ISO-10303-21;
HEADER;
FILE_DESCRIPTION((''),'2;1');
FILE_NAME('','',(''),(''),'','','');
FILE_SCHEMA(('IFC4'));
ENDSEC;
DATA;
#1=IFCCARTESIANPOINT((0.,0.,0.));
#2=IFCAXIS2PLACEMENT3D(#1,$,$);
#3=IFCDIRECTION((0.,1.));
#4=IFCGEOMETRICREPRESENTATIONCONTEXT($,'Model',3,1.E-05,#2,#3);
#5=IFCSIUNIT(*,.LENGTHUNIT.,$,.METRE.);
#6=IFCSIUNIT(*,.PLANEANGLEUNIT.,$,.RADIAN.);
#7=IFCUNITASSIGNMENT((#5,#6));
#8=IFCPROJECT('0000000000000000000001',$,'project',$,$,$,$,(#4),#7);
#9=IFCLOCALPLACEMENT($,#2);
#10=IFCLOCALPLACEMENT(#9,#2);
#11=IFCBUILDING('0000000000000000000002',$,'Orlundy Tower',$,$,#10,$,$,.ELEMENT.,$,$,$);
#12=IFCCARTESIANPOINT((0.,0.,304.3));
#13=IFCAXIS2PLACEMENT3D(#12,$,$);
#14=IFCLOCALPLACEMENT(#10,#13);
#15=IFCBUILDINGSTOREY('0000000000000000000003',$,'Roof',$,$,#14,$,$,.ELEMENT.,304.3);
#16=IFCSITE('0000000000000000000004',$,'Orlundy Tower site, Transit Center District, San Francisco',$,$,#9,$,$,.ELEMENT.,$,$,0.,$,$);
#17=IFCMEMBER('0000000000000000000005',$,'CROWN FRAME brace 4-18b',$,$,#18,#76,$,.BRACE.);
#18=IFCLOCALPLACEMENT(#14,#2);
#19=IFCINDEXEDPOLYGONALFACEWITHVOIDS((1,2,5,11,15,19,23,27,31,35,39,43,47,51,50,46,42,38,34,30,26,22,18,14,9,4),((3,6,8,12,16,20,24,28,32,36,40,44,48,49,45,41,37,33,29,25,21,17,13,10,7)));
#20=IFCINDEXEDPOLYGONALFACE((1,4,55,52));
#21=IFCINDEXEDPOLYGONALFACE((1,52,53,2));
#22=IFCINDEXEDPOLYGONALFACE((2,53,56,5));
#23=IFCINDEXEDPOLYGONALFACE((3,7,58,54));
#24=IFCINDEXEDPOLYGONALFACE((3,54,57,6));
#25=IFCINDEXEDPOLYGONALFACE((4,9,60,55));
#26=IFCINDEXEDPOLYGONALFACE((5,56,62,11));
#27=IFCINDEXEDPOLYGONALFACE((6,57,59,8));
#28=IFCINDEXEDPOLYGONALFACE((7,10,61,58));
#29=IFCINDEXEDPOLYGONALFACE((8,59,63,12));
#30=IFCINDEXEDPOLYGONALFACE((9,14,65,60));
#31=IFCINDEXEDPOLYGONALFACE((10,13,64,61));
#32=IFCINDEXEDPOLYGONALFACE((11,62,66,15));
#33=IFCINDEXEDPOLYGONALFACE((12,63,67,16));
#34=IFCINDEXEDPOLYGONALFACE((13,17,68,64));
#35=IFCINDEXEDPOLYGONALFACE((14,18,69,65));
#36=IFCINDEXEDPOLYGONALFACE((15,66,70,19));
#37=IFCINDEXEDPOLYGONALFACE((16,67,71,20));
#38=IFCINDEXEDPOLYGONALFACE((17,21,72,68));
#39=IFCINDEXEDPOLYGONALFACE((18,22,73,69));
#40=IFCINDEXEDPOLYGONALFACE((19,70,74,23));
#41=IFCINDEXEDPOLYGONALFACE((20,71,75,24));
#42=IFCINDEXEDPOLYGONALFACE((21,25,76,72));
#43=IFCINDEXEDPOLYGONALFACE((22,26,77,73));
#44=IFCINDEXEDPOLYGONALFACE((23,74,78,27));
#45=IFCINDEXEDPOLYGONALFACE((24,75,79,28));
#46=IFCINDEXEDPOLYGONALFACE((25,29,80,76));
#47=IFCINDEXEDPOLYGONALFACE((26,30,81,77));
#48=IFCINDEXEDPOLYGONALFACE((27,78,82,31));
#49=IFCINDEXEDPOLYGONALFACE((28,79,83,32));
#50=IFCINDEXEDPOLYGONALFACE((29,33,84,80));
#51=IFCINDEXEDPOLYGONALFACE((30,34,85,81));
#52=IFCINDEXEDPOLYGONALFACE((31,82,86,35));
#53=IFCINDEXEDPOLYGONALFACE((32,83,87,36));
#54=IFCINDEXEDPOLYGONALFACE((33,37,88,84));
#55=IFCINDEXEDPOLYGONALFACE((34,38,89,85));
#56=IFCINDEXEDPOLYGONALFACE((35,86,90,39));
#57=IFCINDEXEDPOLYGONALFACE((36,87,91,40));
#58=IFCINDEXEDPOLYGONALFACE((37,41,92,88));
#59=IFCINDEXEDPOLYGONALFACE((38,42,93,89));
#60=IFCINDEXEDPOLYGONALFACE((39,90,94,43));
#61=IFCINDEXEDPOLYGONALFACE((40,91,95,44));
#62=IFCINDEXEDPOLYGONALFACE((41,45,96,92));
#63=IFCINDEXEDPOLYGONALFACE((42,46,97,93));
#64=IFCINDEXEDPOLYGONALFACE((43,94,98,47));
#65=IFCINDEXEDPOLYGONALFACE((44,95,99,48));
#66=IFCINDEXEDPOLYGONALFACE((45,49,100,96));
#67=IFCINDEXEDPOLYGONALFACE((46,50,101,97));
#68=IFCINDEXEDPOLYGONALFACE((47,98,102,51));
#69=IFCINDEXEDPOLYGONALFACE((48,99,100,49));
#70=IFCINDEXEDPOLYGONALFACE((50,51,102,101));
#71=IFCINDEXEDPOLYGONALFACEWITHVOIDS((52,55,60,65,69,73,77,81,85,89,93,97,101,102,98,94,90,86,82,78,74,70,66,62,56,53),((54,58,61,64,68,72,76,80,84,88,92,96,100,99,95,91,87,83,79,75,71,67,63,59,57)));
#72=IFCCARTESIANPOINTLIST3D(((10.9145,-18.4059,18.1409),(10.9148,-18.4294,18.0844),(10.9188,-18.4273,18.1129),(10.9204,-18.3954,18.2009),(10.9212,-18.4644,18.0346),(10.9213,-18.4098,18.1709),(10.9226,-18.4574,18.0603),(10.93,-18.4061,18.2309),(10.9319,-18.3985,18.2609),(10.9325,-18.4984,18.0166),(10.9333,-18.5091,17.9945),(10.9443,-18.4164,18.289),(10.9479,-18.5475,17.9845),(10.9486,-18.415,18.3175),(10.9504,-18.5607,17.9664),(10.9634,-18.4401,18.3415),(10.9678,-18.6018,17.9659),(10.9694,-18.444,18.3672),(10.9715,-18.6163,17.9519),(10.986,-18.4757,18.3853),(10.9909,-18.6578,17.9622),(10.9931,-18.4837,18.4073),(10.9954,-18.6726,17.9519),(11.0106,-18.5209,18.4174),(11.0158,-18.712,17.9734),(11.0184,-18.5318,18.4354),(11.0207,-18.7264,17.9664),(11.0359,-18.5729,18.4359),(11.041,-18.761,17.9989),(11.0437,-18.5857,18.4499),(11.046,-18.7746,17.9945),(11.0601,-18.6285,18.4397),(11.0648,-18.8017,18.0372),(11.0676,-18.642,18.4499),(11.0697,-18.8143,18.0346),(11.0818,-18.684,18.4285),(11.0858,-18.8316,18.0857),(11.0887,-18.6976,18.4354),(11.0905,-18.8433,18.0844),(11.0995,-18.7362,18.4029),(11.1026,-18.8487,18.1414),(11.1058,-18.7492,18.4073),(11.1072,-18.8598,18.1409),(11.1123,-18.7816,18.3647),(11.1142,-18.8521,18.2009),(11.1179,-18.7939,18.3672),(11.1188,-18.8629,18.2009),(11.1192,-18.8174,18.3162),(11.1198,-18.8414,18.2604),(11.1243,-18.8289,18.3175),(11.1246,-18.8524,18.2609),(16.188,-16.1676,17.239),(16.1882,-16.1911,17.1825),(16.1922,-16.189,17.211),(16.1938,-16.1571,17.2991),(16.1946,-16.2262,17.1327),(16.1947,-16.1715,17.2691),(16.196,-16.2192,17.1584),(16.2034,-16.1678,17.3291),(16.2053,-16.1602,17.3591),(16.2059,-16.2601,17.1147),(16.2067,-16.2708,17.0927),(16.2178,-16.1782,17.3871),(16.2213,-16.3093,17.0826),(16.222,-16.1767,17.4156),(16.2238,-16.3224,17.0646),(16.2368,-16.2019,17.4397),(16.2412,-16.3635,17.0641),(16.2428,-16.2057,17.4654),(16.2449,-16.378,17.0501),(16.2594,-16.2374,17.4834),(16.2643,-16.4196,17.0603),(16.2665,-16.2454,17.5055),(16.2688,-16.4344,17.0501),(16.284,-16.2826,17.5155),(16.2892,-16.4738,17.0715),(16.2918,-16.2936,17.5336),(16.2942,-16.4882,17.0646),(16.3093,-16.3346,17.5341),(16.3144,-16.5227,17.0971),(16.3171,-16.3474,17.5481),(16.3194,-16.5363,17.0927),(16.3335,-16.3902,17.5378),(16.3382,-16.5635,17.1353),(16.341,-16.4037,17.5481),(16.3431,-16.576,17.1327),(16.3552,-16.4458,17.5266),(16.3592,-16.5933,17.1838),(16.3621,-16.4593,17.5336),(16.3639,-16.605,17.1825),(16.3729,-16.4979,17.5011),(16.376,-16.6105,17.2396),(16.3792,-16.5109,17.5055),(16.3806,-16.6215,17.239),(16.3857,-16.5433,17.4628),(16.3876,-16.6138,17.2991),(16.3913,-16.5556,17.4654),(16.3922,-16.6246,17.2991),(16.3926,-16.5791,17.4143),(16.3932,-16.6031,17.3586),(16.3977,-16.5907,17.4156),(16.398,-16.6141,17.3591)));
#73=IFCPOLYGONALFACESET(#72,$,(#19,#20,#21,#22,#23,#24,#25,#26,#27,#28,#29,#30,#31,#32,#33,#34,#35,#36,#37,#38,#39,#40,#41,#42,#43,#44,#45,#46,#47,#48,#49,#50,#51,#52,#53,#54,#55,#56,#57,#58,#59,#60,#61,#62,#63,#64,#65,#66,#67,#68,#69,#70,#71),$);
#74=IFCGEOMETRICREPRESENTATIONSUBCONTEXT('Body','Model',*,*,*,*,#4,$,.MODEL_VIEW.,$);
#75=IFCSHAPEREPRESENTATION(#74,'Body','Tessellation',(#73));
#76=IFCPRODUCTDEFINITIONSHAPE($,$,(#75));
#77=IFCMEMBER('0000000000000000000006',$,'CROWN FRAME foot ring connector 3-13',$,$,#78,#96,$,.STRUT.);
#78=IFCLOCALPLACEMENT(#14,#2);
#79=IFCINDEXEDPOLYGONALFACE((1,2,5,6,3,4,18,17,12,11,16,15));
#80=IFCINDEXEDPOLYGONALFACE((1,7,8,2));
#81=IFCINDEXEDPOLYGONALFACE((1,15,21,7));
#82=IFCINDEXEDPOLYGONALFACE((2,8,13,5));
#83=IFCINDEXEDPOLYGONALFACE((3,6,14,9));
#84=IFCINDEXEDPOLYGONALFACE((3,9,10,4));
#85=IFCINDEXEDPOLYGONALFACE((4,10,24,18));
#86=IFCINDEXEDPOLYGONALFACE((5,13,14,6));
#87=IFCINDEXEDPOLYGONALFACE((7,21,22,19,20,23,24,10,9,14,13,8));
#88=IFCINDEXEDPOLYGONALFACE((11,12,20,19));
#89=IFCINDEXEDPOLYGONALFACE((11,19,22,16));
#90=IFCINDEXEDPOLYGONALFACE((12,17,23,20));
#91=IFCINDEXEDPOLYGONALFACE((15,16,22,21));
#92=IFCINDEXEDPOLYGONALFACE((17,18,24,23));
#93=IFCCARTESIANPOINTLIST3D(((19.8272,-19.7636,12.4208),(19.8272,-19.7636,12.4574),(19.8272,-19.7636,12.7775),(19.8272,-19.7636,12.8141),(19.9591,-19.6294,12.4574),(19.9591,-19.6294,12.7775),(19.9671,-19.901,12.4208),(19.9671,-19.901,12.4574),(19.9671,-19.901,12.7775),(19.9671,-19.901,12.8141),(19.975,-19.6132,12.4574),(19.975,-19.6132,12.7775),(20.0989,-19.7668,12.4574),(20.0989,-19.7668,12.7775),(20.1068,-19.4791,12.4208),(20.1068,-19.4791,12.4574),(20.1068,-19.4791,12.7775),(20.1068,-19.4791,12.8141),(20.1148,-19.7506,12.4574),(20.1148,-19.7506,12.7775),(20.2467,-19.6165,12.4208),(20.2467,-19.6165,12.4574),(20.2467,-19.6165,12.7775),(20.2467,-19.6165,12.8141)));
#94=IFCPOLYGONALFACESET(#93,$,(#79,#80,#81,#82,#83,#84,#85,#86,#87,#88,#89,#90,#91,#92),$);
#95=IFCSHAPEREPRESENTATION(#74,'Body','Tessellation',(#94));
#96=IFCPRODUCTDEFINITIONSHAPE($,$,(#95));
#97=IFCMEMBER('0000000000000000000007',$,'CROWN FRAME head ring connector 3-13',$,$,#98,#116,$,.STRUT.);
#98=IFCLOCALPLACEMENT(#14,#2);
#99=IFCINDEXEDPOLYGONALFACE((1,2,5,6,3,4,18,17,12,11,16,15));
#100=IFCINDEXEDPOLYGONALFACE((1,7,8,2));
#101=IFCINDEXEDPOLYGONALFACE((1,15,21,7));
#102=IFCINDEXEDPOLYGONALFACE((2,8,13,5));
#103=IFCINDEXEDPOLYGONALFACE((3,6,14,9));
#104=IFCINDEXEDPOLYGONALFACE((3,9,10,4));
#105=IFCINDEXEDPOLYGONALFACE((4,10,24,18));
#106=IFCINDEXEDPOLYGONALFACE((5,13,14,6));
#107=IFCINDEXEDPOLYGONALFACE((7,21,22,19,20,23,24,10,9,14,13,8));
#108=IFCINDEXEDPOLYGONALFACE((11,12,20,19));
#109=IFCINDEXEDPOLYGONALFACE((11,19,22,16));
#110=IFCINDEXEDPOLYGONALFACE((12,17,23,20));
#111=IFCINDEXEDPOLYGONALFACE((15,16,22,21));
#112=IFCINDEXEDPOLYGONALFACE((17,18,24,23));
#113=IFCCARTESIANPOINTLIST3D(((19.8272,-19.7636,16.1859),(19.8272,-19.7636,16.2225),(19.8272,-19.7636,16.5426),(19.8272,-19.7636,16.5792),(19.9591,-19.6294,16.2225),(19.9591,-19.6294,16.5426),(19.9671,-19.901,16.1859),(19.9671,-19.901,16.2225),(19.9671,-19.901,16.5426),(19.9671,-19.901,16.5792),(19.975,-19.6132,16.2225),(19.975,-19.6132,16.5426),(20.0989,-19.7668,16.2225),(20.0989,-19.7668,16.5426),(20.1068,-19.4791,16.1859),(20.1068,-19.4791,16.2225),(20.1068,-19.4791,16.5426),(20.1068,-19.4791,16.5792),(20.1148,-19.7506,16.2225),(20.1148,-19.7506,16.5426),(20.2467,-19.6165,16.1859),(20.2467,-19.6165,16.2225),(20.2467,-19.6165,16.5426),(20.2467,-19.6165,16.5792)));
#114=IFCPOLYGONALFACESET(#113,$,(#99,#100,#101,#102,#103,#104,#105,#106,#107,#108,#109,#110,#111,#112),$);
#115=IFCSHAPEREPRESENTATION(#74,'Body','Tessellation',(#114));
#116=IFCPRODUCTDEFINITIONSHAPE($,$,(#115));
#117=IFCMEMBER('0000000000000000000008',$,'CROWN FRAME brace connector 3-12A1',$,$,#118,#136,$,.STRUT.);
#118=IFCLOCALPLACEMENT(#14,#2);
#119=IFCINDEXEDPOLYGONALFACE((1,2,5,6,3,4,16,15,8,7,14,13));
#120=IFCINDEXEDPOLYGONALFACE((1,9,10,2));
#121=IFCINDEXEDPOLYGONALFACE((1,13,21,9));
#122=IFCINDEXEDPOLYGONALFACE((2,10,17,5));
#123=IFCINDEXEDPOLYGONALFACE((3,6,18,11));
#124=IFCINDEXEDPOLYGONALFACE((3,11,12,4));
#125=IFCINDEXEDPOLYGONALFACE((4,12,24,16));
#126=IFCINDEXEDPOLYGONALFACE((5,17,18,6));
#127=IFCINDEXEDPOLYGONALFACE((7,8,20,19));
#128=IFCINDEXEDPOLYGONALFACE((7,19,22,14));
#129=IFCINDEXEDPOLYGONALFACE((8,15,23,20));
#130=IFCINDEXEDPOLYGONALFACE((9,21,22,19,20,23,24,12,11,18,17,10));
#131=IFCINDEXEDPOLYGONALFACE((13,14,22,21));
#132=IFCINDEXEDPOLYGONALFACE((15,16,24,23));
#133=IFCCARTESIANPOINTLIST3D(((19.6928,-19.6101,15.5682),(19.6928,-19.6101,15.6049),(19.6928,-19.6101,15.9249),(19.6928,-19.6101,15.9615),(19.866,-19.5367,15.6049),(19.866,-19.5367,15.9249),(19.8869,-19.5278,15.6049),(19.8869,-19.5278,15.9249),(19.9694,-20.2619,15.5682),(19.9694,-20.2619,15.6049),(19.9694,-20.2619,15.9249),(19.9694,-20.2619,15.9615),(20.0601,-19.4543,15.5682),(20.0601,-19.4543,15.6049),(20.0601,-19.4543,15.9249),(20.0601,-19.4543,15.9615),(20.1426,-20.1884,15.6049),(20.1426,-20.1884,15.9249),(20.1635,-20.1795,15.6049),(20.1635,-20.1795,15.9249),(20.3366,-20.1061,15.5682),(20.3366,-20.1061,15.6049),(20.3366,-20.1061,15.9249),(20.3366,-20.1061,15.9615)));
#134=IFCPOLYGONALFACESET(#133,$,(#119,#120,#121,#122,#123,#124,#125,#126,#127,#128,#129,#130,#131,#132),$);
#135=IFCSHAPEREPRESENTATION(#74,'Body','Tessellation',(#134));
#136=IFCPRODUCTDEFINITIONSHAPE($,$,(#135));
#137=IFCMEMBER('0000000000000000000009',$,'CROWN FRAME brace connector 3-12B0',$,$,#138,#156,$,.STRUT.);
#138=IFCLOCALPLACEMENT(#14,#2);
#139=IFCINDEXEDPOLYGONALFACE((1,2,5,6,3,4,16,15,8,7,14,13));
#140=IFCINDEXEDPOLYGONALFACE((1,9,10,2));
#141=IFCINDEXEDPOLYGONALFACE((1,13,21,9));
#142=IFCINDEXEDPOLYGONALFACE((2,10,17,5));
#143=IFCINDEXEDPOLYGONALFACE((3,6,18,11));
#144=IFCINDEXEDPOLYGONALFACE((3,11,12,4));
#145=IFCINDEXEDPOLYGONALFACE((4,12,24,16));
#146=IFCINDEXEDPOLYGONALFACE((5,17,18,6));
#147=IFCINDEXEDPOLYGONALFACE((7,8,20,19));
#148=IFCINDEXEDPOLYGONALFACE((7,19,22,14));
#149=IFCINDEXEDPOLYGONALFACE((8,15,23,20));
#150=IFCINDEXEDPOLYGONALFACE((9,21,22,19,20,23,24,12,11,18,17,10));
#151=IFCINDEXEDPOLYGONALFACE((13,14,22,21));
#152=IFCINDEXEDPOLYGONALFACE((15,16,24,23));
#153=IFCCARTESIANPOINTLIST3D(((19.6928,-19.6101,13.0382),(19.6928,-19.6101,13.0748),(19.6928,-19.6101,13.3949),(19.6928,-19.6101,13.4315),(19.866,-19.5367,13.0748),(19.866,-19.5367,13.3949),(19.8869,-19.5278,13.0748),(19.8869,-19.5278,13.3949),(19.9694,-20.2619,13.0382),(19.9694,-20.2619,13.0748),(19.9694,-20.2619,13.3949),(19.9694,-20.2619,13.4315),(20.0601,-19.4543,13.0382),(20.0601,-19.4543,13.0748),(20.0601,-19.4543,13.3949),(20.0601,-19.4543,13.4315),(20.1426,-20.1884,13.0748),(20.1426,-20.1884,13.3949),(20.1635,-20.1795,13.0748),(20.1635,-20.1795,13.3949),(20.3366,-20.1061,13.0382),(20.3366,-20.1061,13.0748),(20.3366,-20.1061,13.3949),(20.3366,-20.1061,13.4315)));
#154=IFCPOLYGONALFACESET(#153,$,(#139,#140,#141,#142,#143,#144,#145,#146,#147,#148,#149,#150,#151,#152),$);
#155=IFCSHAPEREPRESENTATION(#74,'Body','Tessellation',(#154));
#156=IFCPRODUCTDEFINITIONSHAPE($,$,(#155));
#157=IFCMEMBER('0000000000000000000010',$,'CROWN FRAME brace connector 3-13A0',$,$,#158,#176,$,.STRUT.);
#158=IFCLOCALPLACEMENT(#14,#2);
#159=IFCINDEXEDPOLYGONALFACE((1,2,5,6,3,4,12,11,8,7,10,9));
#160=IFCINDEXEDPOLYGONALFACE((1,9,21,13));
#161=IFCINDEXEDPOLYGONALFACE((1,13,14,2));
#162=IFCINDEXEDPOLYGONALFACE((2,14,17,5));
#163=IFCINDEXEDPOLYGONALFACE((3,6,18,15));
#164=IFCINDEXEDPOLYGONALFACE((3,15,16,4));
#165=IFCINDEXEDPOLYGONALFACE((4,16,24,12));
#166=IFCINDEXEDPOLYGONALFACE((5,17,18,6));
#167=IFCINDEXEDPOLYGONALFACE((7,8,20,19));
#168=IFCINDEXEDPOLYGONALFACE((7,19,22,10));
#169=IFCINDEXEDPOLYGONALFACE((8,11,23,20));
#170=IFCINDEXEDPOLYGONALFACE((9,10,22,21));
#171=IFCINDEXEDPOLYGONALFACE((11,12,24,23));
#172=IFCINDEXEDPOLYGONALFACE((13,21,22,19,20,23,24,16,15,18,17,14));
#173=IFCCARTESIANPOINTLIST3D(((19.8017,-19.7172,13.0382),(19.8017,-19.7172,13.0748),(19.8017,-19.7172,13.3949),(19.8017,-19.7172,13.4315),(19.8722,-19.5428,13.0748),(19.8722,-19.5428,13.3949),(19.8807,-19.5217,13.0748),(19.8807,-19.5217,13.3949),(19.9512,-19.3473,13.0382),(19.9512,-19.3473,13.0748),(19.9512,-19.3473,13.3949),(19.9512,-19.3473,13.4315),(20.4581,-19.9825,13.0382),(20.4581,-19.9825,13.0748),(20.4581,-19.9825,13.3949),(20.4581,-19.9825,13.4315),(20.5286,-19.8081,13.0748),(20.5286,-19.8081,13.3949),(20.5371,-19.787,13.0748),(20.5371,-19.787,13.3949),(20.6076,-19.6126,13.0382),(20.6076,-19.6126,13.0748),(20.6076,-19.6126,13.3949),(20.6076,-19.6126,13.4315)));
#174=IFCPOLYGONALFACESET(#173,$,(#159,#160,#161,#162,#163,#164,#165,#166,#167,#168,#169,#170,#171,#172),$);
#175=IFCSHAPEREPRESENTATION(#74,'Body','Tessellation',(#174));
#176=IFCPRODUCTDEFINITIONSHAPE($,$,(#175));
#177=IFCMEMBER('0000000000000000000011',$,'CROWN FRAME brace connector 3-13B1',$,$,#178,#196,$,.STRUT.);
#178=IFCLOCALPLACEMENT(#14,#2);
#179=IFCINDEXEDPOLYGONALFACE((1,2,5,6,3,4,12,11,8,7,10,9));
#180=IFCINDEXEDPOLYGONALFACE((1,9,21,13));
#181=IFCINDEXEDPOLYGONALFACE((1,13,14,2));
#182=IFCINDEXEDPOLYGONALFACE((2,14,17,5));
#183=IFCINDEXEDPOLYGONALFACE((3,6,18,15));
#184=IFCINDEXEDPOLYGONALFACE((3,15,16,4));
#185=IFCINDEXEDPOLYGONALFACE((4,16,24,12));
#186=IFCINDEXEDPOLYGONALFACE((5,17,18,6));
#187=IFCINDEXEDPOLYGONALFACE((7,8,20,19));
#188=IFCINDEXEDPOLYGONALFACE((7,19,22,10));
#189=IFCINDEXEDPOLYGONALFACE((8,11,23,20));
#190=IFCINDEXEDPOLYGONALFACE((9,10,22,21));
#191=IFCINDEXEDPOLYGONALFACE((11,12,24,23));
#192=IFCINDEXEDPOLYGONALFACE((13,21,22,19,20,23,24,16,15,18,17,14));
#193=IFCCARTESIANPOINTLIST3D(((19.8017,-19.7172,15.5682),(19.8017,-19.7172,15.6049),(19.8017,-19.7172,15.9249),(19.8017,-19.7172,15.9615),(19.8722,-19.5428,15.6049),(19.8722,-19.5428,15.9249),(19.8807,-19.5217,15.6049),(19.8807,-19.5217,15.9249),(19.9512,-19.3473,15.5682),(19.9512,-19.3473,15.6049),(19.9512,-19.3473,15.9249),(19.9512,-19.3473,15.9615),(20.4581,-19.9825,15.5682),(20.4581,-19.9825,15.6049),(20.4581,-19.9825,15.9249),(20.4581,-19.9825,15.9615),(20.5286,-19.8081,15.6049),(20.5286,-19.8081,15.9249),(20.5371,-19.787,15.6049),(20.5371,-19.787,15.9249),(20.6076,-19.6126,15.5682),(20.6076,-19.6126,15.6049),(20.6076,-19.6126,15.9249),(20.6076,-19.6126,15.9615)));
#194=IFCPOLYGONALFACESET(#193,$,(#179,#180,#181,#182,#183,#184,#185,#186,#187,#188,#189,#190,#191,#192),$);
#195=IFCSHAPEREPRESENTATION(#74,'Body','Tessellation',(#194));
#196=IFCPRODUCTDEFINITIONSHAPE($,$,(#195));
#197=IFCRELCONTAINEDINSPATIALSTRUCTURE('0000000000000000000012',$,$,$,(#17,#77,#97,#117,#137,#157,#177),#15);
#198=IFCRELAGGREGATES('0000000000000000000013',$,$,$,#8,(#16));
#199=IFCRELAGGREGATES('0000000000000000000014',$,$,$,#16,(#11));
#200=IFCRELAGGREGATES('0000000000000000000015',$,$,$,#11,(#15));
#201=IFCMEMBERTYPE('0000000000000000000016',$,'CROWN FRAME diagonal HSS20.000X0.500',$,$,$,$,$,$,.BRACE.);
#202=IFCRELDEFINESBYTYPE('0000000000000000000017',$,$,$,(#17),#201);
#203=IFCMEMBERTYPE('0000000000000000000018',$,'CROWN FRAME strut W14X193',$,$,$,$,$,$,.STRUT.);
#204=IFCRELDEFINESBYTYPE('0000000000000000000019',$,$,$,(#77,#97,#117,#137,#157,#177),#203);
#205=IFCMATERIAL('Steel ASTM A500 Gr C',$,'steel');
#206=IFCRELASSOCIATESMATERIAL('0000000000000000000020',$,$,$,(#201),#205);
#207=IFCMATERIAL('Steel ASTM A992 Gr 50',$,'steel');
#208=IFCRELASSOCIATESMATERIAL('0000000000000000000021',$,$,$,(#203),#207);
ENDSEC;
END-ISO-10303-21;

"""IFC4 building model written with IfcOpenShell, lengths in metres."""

from ifc_helpers import new_model, si_unit, direction, frame, origin, origin_2d, place, context, subcontext, project, spatial, hollow_circle, i_section, extrude, material, material_profile, profile_set, type_object, element, save


model = new_model("IFC4")

# Units and contexts
model_context = context("Model", 3, precision=1e-05, world=origin(), true_north=direction((0.0, 1.0)))
body_context = subcontext(model_context, "Body", "Model", "MODEL_VIEW")
ifc_project = project(units=[si_unit("LENGTHUNIT", "METRE"), si_unit("PLANEANGLEUNIT", "RADIAN")], contexts=[model_context])

# Site, building, storey
site_placement = place(None, origin())
site = spatial("IfcSite", under=ifc_project, at=site_placement, Name="Orlundy Tower site, Transit Center District, San Francisco", CompositionType="ELEMENT", RefElevation=0.0)
building_placement = place(site_placement, origin())
building = spatial("IfcBuilding", under=site, at=building_placement, Name="Orlundy Tower", CompositionType="ELEMENT")
storey_placement = place(building_placement, frame((0.0, 0.0, 304.3)))
storey = spatial("IfcBuildingStorey", under=building, at=storey_placement, Name="Roof", CompositionType="ELEMENT", Elevation=304.3)

# Members
ifc_material_1 = material(Name="Steel ASTM A500 Gr C", Category="steel")
ifc_material_profile_1 = material_profile(ifc_material_1, hollow_circle(Radius=0.2539, WallThickness=0.0117, at=origin_2d()), Name="HSS20.000X0.500")
ifc_profile_set_1 = profile_set([ifc_material_profile_1], Name="Steel ASTM A500 Gr C")
member_type_1 = type_object("IfcMemberType", Name="CROWN FRAME diagonal HSS20.000X0.500", PredefinedType="BRACE", material=ifc_profile_set_1)
member_1_placement = place(storey_placement, frame((16.293, -16.3909, 17.2991), z_axis=(-0.909316, -0.385954, 0.15551), x_axis=(0.390707, -0.920515, 0.0)))
element("IfcMember", 1, at=member_1_placement, inside=storey, type_object=member_type_1, Name="CROWN FRAME brace 4-18b", PredefinedType="BRACE", context=body_context, shape_type="SweptSolid", body=[
    extrude(hollow_circle(Radius=0.2539, WallThickness=0.0117, at=origin_2d()), origin(), (0.0, 0.0, 1.0), 5.7993),
])
ifc_material_2 = material(Name="Steel ASTM A992 Gr 50", Category="steel")
ifc_material_profile_2 = material_profile(ifc_material_2, i_section(OverallWidth=0.3989, OverallDepth=0.3933, WebThickness=0.0227, FlangeThickness=0.0366, at=origin_2d()), Name="W14X193")
ifc_profile_set_2 = profile_set([ifc_material_profile_2], Name="Steel ASTM A992 Gr 50")
member_type_2 = type_object("IfcMemberType", Name="CROWN FRAME strut W14X193", PredefinedType="STRUT", material=ifc_profile_set_2)
for number, where, z_axis, x_axis, name in (
    (2, (19.967, -19.6213, 12.6174), (0.713304, -0.700855, 0.0), (0.700855, 0.713304, 0.0), "CROWN FRAME foot ring connector 3-13"),
    (3, (19.967, -19.6213, 16.3826), (0.713304, -0.700855, 0.0), (0.700855, 0.713304, 0.0), "CROWN FRAME head ring connector 3-13"),
):
    element("IfcMember", number, at=place(storey_placement, frame(where, z_axis=z_axis, x_axis=x_axis)), inside=storey, type_object=member_type_2, Name=name, PredefinedType="STRUT", context=body_context, shape_type="SweptSolid", body=[
        extrude(i_section(OverallWidth=0.3989, OverallDepth=0.3933, WebThickness=0.0227, FlangeThickness=0.0366, at=origin_2d()), origin(), (0.0, 0.0, 1.0), 0.196),
    ])
for number, where, z_axis, x_axis, name in (
    (4, (19.8765, -19.5322, 15.7649), (0.39063, -0.920548, 0.0), (0.920548, 0.39063, 0.0), "CROWN FRAME brace connector 3-12A1"),
    (5, (19.8765, -19.5322, 13.2349), (0.39063, -0.920548, 0.0), (0.920548, 0.39063, 0.0), "CROWN FRAME brace connector 3-12B0"),
    (6, (19.8765, -19.5322, 13.2349), (0.927115, -0.374777, 0.0), (0.374777, 0.927115, 0.0), "CROWN FRAME brace connector 3-13A0"),
    (7, (19.8765, -19.5322, 15.7649), (0.927115, -0.374777, 0.0), (0.374777, 0.927115, 0.0), "CROWN FRAME brace connector 3-13B1"),
):
    element("IfcMember", number, at=place(storey_placement, frame(where, z_axis=z_axis, x_axis=x_axis)), inside=storey, type_object=member_type_2, Name=name, PredefinedType="STRUT", context=body_context, shape_type="SweptSolid", body=[
        extrude(i_section(OverallWidth=0.3989, OverallDepth=0.3933, WebThickness=0.0227, FlangeThickness=0.0366, at=origin_2d()), origin(), (0.0, 0.0, 1.0), 0.708),
    ])

save(model, "model.ifc")
